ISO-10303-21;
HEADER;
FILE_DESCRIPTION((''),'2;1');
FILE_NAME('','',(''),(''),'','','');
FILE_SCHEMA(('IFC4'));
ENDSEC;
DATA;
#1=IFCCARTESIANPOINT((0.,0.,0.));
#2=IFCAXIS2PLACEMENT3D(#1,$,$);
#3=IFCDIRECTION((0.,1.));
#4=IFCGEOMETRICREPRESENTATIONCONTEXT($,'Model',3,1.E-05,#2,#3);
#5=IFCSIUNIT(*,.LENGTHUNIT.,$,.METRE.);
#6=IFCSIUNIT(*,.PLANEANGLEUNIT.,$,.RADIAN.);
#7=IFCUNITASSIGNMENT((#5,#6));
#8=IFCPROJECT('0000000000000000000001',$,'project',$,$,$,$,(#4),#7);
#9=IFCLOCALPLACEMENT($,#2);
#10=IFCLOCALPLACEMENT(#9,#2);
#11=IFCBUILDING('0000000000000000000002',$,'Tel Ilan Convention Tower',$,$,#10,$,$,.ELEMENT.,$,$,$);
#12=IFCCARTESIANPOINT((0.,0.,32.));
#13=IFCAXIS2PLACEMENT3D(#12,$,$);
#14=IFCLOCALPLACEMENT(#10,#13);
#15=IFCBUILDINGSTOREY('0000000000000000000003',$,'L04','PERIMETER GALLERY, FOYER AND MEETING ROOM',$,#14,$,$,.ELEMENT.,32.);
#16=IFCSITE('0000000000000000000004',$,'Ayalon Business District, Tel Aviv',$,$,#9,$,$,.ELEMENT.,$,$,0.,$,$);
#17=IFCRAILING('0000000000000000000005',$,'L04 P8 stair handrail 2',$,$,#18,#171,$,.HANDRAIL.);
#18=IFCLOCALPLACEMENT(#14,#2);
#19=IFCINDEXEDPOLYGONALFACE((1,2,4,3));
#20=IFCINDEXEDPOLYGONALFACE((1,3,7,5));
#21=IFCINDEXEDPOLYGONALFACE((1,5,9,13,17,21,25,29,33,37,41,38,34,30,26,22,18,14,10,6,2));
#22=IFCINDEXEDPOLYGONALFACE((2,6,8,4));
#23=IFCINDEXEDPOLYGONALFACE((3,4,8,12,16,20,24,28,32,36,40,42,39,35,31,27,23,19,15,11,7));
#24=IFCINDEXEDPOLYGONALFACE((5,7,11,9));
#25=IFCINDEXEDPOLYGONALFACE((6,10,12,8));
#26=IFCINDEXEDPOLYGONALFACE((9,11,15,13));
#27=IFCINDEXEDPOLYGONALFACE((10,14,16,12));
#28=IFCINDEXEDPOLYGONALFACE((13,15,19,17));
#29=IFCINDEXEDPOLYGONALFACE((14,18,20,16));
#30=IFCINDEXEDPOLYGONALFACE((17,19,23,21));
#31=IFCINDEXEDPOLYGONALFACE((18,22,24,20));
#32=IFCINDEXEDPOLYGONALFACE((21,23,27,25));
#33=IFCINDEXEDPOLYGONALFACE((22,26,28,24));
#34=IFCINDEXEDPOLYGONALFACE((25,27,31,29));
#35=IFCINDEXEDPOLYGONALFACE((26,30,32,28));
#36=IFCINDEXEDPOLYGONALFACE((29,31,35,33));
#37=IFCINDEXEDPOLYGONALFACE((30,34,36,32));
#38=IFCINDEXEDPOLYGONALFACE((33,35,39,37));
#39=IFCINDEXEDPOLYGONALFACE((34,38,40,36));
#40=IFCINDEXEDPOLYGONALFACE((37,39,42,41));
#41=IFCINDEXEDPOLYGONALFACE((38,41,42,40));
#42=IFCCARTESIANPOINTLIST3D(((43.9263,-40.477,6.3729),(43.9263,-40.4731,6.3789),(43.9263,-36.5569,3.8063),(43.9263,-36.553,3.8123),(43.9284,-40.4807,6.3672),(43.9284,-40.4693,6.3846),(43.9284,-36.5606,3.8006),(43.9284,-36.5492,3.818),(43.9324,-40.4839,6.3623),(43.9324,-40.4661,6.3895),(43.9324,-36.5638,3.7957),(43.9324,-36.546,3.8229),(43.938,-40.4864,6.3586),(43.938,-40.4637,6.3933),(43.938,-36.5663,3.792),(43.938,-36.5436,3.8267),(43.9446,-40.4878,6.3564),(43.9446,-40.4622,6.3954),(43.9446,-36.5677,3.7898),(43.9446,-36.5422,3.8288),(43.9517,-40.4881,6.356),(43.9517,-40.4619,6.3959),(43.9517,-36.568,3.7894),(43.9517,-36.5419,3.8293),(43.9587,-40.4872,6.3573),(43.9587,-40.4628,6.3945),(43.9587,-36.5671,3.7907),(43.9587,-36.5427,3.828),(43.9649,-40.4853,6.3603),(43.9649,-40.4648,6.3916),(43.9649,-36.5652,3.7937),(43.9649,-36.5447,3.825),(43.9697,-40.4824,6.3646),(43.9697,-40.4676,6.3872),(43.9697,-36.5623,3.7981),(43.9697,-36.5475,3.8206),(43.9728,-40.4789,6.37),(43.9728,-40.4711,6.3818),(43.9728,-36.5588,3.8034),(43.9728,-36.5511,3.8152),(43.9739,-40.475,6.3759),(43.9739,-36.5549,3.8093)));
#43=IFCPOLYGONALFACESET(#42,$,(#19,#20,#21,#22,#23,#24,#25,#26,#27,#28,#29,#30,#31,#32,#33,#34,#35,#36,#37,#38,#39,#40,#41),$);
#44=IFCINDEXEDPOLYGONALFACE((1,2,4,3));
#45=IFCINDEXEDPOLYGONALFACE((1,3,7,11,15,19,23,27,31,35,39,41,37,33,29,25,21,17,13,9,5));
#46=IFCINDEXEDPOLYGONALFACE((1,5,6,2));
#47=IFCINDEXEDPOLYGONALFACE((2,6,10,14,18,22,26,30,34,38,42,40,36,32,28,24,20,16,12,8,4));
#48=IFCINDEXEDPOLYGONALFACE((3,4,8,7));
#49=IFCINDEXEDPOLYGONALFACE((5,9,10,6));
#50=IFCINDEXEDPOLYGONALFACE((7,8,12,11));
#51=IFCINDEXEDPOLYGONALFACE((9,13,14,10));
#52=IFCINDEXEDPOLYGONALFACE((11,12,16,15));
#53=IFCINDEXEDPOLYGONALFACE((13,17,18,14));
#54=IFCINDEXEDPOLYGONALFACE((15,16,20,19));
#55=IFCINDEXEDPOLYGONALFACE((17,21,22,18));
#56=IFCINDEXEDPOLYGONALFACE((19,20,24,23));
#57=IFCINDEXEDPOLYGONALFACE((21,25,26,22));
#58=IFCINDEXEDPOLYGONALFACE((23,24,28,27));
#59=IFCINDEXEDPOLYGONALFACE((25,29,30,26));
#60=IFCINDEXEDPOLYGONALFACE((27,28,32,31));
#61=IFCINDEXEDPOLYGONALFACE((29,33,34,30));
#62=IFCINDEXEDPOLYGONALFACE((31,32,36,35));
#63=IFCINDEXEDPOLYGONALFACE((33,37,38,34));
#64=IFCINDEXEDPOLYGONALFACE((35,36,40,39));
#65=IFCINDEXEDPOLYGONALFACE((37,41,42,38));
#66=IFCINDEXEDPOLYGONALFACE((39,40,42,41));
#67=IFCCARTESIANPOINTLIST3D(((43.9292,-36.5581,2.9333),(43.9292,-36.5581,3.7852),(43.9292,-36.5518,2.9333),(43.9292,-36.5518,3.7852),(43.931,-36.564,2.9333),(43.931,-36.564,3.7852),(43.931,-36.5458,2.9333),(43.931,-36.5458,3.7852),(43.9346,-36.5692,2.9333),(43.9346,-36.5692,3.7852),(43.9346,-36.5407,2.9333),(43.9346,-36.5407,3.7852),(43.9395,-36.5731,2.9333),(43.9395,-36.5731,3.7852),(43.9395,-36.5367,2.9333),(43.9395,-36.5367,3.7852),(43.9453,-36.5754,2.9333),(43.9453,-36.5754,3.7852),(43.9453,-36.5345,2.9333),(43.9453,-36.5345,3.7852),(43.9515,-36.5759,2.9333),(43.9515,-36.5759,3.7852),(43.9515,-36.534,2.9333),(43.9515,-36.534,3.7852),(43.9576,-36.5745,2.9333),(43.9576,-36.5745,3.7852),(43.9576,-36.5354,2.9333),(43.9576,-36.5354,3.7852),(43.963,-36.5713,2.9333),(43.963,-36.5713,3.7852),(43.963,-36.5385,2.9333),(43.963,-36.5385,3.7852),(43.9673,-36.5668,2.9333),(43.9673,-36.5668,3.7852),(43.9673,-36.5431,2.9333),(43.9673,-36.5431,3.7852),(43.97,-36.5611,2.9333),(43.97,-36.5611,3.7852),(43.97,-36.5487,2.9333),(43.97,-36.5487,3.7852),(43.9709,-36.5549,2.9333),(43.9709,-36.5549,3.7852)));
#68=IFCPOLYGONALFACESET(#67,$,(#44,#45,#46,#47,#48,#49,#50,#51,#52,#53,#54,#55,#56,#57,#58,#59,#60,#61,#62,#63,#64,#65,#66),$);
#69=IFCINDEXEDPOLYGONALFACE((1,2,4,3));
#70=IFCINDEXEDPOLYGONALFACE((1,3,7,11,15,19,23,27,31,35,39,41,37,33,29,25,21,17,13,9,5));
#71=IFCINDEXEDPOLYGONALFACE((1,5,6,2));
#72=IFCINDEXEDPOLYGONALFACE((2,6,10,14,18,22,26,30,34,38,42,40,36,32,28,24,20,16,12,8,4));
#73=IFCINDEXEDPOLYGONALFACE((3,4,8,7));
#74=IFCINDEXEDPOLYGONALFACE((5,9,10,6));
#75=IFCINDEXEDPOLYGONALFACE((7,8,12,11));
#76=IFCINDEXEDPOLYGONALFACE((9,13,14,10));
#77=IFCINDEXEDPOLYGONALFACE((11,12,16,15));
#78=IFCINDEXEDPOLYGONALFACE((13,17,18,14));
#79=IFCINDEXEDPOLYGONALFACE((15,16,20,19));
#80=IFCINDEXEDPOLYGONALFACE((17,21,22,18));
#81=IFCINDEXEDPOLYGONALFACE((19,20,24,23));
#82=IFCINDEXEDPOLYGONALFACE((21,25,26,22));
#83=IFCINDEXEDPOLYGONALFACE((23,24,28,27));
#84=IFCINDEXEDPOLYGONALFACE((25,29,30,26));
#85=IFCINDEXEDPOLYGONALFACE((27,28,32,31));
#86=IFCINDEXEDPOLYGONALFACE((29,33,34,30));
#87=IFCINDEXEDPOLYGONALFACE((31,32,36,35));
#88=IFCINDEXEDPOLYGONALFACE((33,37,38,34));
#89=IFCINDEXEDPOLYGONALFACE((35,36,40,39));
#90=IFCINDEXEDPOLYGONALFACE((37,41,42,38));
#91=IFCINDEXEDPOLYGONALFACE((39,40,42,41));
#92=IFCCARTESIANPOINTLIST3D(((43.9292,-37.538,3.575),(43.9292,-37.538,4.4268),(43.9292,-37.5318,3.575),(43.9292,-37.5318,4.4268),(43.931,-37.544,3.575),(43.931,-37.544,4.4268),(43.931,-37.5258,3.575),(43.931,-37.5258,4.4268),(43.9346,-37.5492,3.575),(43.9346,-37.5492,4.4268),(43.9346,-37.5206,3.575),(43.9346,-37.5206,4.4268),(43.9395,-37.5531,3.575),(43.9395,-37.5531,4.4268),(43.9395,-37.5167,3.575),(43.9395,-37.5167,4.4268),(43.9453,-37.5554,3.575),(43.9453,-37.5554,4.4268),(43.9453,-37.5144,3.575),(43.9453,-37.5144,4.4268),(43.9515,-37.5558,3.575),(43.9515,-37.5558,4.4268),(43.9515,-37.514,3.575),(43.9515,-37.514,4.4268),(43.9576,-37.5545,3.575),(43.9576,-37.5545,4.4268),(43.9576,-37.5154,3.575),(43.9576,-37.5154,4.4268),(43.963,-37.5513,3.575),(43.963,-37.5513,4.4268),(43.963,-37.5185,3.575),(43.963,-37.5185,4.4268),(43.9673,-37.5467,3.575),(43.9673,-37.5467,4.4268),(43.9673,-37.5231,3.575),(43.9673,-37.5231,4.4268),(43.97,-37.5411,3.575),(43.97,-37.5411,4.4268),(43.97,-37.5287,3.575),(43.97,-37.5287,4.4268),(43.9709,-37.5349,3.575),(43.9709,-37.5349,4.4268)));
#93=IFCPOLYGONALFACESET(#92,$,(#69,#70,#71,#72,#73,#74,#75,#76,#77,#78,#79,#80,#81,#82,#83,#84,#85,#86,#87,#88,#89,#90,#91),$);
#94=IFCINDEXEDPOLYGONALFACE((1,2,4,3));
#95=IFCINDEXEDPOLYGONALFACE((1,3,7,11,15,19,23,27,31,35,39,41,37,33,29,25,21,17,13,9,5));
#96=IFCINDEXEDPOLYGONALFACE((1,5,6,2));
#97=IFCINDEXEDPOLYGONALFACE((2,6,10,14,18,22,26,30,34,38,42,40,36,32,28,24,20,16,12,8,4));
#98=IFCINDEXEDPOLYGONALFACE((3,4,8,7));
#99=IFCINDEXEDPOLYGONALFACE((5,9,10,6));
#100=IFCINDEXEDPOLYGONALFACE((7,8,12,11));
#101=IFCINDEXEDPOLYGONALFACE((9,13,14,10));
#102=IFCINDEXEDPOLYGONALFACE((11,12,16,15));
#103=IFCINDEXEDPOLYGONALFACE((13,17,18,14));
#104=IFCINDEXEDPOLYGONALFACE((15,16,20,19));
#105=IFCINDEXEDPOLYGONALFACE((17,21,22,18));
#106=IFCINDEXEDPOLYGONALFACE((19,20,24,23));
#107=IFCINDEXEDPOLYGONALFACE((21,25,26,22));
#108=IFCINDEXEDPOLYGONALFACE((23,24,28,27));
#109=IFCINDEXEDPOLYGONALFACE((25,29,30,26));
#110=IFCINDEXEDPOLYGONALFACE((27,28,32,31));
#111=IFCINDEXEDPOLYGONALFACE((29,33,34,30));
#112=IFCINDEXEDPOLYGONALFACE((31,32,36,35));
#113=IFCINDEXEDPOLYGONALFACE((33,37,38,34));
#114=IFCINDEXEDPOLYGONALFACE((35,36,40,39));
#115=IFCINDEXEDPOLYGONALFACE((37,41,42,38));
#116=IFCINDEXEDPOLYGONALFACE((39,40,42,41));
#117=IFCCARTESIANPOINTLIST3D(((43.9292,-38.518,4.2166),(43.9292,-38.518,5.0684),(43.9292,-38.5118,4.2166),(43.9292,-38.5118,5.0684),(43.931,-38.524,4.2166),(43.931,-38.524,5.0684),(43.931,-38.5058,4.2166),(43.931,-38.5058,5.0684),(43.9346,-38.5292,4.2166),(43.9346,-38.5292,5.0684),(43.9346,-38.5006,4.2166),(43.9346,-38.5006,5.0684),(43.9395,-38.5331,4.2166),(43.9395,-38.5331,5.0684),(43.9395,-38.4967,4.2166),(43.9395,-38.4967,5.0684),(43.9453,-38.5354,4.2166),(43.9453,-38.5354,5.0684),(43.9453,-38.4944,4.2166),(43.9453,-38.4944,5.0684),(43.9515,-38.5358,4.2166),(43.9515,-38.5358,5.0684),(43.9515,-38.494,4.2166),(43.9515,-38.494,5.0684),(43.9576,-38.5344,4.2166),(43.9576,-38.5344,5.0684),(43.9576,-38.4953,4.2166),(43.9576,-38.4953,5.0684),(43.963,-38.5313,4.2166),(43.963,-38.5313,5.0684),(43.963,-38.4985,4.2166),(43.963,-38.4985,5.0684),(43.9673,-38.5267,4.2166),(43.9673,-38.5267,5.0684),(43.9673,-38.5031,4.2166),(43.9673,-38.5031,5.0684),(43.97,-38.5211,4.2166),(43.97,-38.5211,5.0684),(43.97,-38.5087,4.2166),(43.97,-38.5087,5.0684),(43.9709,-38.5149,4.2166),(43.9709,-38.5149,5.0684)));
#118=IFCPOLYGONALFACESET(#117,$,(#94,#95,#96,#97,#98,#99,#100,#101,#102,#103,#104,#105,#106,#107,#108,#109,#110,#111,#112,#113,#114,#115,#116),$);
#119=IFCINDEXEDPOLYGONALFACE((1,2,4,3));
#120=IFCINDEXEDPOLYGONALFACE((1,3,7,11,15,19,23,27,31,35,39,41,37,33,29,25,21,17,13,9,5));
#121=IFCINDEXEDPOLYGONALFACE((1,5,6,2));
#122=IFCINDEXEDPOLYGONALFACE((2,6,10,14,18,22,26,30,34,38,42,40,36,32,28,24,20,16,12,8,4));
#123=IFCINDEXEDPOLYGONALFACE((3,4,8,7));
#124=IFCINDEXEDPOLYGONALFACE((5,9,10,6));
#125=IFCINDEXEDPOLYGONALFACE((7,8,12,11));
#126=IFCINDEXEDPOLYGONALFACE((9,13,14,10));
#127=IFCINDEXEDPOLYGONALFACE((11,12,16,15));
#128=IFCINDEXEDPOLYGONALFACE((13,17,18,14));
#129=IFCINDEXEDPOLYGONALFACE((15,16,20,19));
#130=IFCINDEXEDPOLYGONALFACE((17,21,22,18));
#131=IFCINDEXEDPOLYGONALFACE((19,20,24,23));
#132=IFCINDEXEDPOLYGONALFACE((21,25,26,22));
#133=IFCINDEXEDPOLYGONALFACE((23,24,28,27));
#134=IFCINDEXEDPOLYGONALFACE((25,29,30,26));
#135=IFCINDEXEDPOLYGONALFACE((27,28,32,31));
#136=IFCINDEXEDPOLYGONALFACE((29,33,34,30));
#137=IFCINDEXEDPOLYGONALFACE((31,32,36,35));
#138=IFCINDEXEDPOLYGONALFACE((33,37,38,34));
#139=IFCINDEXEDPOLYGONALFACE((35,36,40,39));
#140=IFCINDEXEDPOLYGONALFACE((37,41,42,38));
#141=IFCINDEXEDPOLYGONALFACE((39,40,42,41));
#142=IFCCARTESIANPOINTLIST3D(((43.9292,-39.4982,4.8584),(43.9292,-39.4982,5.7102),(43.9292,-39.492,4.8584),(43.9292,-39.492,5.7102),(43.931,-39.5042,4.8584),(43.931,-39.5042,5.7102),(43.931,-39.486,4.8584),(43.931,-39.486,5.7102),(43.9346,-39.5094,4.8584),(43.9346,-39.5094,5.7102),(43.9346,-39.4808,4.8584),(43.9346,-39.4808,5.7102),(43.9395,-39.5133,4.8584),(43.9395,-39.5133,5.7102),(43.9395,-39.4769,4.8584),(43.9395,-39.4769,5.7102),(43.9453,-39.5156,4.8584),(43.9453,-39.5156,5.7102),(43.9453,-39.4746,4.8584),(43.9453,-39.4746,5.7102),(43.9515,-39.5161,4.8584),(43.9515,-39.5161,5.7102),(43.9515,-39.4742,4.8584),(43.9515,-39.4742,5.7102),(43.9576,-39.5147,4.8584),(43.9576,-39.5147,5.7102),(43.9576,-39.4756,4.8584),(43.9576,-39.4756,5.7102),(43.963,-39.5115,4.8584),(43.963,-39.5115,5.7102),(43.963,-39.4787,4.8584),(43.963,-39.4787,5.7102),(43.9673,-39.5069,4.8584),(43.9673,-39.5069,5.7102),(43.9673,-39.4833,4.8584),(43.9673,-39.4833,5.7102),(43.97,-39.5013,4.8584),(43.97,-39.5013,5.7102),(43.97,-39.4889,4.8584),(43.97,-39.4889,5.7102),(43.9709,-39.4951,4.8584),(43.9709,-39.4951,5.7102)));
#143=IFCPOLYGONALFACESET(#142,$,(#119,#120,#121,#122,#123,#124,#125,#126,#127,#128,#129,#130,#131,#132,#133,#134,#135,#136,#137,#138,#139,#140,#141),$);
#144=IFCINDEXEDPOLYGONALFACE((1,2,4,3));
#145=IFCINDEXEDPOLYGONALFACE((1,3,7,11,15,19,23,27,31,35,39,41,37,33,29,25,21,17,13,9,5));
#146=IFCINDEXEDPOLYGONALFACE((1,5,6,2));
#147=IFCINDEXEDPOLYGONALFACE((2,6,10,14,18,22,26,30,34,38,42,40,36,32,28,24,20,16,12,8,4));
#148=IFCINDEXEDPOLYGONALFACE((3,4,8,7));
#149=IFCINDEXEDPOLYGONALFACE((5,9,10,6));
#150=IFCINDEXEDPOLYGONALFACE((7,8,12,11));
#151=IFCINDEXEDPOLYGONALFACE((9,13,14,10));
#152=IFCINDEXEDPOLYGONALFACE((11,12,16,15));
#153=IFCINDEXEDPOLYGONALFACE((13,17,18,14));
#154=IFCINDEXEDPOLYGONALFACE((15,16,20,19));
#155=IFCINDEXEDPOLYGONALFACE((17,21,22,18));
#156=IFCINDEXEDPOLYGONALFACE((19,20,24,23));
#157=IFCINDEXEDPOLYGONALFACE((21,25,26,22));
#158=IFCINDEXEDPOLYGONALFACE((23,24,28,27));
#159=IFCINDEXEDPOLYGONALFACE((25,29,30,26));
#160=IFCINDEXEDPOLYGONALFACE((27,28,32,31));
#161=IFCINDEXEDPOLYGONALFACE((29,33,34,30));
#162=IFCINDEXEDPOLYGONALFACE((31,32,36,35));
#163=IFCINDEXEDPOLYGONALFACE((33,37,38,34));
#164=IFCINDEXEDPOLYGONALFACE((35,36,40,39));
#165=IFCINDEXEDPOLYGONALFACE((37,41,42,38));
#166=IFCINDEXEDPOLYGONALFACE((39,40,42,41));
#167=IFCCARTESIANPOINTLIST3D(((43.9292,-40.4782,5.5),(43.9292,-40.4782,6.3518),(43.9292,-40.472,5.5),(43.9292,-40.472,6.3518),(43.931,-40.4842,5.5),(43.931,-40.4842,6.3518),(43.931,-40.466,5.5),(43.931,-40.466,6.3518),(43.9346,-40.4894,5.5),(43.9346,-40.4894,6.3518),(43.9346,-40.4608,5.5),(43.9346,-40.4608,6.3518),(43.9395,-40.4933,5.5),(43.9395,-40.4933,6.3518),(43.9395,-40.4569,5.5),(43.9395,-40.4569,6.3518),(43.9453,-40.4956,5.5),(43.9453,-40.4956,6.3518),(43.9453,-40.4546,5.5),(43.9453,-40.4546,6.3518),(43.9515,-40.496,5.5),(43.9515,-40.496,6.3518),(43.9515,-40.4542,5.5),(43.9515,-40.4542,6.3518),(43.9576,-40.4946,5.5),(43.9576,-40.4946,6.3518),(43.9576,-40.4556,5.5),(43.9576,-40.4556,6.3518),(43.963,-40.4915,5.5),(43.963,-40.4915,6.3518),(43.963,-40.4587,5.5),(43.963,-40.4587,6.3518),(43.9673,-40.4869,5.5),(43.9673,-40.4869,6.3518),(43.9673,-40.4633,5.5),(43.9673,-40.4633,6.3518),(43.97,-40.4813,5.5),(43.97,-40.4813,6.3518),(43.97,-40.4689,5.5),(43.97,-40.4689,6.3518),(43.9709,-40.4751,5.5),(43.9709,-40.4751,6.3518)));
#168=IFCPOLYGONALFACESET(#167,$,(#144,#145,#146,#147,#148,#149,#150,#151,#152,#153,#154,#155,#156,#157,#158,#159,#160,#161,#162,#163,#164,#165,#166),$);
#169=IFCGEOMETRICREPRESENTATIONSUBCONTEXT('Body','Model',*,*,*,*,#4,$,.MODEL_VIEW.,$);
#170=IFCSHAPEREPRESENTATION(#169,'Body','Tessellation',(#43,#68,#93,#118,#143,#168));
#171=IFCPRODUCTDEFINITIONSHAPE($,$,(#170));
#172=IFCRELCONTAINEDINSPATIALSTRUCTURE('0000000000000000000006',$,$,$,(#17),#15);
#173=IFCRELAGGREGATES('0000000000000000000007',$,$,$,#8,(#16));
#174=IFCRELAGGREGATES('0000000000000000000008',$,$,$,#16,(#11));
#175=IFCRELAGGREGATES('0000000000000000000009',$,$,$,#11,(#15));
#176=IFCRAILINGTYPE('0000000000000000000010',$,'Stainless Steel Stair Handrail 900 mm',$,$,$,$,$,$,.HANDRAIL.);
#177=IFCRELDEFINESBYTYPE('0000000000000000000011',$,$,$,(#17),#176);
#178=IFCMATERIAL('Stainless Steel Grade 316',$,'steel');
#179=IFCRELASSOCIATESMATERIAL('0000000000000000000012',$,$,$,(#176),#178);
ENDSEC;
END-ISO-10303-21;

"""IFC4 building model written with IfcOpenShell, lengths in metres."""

from ifc_helpers import new_model, si_unit, direction, frame, origin, origin_2d, place, context, subcontext, project, spatial, circle, extrude, material, type_object, element, save


model = new_model("IFC4")

# Units and contexts
model_context = context("Model", 3, precision=1e-05, world=origin(), true_north=direction((0.0, 1.0)))
body_context = subcontext(model_context, "Body", "Model", "MODEL_VIEW")
ifc_project = project(units=[si_unit("LENGTHUNIT", "METRE"), si_unit("PLANEANGLEUNIT", "RADIAN")], contexts=[model_context])

# Site, building, storey
site_placement = place(None, origin())
site = spatial("IfcSite", under=ifc_project, at=site_placement, Name="Ayalon Business District, Tel Aviv", CompositionType="ELEMENT", RefElevation=0.0)
building_placement = place(site_placement, origin())
building = spatial("IfcBuilding", under=site, at=building_placement, Name="Tel Ilan Convention Tower", CompositionType="ELEMENT")
storey_placement = place(building_placement, frame((0.0, 0.0, 32.0)))
storey = spatial("IfcBuildingStorey", under=building, at=storey_placement, Name="L04", Description="PERIMETER GALLERY, FOYER AND MEETING ROOM", CompositionType="ELEMENT", Elevation=32.0)

# Railing
ifc_material_1 = material(Name="Stainless Steel Grade 316", Category="steel")
railing_type_1 = type_object("IfcRailingType", Name="Stainless Steel Stair Handrail 900 mm", PredefinedType="HANDRAIL", material=ifc_material_1)
railing_1_placement = place(storey_placement, frame((43.95, -36.5549, 2.9333)))
element("IfcRailing", 1, at=railing_1_placement, inside=storey, type_object=railing_type_1, Name="L04 P8 stair handrail 2", PredefinedType="HANDRAIL", context=body_context, shape_type="SweptSolid", body=[
    extrude(circle(Radius=0.0239, at=origin_2d()), frame((0.0, 0.0, 0.876), z_axis=(0.0, -0.836631, 0.547767), x_axis=(1.0, 0.0, 0.0)), (0.0, 0.0, 1.0), 4.6855),
    extrude(circle(Radius=0.021, at=origin_2d()), origin(), (0.0, 0.0, 1.0), 0.8518),
    extrude(circle(Radius=0.021, at=origin_2d()), frame((0.0, -0.98, 0.6416)), (0.0, 0.0, 1.0), 0.8518),
    extrude(circle(Radius=0.021, at=origin_2d()), frame((0.0, -1.96, 1.2832)), (0.0, 0.0, 1.0), 0.8518),
    extrude(circle(Radius=0.021, at=origin_2d()), frame((0.0, -2.9402, 1.925)), (0.0, 0.0, 1.0), 0.8518),
    extrude(circle(Radius=0.021, at=origin_2d()), frame((0.0, -3.9202, 2.5667)), (0.0, 0.0, 1.0), 0.8518),
])

save(model, "model.ifc")
